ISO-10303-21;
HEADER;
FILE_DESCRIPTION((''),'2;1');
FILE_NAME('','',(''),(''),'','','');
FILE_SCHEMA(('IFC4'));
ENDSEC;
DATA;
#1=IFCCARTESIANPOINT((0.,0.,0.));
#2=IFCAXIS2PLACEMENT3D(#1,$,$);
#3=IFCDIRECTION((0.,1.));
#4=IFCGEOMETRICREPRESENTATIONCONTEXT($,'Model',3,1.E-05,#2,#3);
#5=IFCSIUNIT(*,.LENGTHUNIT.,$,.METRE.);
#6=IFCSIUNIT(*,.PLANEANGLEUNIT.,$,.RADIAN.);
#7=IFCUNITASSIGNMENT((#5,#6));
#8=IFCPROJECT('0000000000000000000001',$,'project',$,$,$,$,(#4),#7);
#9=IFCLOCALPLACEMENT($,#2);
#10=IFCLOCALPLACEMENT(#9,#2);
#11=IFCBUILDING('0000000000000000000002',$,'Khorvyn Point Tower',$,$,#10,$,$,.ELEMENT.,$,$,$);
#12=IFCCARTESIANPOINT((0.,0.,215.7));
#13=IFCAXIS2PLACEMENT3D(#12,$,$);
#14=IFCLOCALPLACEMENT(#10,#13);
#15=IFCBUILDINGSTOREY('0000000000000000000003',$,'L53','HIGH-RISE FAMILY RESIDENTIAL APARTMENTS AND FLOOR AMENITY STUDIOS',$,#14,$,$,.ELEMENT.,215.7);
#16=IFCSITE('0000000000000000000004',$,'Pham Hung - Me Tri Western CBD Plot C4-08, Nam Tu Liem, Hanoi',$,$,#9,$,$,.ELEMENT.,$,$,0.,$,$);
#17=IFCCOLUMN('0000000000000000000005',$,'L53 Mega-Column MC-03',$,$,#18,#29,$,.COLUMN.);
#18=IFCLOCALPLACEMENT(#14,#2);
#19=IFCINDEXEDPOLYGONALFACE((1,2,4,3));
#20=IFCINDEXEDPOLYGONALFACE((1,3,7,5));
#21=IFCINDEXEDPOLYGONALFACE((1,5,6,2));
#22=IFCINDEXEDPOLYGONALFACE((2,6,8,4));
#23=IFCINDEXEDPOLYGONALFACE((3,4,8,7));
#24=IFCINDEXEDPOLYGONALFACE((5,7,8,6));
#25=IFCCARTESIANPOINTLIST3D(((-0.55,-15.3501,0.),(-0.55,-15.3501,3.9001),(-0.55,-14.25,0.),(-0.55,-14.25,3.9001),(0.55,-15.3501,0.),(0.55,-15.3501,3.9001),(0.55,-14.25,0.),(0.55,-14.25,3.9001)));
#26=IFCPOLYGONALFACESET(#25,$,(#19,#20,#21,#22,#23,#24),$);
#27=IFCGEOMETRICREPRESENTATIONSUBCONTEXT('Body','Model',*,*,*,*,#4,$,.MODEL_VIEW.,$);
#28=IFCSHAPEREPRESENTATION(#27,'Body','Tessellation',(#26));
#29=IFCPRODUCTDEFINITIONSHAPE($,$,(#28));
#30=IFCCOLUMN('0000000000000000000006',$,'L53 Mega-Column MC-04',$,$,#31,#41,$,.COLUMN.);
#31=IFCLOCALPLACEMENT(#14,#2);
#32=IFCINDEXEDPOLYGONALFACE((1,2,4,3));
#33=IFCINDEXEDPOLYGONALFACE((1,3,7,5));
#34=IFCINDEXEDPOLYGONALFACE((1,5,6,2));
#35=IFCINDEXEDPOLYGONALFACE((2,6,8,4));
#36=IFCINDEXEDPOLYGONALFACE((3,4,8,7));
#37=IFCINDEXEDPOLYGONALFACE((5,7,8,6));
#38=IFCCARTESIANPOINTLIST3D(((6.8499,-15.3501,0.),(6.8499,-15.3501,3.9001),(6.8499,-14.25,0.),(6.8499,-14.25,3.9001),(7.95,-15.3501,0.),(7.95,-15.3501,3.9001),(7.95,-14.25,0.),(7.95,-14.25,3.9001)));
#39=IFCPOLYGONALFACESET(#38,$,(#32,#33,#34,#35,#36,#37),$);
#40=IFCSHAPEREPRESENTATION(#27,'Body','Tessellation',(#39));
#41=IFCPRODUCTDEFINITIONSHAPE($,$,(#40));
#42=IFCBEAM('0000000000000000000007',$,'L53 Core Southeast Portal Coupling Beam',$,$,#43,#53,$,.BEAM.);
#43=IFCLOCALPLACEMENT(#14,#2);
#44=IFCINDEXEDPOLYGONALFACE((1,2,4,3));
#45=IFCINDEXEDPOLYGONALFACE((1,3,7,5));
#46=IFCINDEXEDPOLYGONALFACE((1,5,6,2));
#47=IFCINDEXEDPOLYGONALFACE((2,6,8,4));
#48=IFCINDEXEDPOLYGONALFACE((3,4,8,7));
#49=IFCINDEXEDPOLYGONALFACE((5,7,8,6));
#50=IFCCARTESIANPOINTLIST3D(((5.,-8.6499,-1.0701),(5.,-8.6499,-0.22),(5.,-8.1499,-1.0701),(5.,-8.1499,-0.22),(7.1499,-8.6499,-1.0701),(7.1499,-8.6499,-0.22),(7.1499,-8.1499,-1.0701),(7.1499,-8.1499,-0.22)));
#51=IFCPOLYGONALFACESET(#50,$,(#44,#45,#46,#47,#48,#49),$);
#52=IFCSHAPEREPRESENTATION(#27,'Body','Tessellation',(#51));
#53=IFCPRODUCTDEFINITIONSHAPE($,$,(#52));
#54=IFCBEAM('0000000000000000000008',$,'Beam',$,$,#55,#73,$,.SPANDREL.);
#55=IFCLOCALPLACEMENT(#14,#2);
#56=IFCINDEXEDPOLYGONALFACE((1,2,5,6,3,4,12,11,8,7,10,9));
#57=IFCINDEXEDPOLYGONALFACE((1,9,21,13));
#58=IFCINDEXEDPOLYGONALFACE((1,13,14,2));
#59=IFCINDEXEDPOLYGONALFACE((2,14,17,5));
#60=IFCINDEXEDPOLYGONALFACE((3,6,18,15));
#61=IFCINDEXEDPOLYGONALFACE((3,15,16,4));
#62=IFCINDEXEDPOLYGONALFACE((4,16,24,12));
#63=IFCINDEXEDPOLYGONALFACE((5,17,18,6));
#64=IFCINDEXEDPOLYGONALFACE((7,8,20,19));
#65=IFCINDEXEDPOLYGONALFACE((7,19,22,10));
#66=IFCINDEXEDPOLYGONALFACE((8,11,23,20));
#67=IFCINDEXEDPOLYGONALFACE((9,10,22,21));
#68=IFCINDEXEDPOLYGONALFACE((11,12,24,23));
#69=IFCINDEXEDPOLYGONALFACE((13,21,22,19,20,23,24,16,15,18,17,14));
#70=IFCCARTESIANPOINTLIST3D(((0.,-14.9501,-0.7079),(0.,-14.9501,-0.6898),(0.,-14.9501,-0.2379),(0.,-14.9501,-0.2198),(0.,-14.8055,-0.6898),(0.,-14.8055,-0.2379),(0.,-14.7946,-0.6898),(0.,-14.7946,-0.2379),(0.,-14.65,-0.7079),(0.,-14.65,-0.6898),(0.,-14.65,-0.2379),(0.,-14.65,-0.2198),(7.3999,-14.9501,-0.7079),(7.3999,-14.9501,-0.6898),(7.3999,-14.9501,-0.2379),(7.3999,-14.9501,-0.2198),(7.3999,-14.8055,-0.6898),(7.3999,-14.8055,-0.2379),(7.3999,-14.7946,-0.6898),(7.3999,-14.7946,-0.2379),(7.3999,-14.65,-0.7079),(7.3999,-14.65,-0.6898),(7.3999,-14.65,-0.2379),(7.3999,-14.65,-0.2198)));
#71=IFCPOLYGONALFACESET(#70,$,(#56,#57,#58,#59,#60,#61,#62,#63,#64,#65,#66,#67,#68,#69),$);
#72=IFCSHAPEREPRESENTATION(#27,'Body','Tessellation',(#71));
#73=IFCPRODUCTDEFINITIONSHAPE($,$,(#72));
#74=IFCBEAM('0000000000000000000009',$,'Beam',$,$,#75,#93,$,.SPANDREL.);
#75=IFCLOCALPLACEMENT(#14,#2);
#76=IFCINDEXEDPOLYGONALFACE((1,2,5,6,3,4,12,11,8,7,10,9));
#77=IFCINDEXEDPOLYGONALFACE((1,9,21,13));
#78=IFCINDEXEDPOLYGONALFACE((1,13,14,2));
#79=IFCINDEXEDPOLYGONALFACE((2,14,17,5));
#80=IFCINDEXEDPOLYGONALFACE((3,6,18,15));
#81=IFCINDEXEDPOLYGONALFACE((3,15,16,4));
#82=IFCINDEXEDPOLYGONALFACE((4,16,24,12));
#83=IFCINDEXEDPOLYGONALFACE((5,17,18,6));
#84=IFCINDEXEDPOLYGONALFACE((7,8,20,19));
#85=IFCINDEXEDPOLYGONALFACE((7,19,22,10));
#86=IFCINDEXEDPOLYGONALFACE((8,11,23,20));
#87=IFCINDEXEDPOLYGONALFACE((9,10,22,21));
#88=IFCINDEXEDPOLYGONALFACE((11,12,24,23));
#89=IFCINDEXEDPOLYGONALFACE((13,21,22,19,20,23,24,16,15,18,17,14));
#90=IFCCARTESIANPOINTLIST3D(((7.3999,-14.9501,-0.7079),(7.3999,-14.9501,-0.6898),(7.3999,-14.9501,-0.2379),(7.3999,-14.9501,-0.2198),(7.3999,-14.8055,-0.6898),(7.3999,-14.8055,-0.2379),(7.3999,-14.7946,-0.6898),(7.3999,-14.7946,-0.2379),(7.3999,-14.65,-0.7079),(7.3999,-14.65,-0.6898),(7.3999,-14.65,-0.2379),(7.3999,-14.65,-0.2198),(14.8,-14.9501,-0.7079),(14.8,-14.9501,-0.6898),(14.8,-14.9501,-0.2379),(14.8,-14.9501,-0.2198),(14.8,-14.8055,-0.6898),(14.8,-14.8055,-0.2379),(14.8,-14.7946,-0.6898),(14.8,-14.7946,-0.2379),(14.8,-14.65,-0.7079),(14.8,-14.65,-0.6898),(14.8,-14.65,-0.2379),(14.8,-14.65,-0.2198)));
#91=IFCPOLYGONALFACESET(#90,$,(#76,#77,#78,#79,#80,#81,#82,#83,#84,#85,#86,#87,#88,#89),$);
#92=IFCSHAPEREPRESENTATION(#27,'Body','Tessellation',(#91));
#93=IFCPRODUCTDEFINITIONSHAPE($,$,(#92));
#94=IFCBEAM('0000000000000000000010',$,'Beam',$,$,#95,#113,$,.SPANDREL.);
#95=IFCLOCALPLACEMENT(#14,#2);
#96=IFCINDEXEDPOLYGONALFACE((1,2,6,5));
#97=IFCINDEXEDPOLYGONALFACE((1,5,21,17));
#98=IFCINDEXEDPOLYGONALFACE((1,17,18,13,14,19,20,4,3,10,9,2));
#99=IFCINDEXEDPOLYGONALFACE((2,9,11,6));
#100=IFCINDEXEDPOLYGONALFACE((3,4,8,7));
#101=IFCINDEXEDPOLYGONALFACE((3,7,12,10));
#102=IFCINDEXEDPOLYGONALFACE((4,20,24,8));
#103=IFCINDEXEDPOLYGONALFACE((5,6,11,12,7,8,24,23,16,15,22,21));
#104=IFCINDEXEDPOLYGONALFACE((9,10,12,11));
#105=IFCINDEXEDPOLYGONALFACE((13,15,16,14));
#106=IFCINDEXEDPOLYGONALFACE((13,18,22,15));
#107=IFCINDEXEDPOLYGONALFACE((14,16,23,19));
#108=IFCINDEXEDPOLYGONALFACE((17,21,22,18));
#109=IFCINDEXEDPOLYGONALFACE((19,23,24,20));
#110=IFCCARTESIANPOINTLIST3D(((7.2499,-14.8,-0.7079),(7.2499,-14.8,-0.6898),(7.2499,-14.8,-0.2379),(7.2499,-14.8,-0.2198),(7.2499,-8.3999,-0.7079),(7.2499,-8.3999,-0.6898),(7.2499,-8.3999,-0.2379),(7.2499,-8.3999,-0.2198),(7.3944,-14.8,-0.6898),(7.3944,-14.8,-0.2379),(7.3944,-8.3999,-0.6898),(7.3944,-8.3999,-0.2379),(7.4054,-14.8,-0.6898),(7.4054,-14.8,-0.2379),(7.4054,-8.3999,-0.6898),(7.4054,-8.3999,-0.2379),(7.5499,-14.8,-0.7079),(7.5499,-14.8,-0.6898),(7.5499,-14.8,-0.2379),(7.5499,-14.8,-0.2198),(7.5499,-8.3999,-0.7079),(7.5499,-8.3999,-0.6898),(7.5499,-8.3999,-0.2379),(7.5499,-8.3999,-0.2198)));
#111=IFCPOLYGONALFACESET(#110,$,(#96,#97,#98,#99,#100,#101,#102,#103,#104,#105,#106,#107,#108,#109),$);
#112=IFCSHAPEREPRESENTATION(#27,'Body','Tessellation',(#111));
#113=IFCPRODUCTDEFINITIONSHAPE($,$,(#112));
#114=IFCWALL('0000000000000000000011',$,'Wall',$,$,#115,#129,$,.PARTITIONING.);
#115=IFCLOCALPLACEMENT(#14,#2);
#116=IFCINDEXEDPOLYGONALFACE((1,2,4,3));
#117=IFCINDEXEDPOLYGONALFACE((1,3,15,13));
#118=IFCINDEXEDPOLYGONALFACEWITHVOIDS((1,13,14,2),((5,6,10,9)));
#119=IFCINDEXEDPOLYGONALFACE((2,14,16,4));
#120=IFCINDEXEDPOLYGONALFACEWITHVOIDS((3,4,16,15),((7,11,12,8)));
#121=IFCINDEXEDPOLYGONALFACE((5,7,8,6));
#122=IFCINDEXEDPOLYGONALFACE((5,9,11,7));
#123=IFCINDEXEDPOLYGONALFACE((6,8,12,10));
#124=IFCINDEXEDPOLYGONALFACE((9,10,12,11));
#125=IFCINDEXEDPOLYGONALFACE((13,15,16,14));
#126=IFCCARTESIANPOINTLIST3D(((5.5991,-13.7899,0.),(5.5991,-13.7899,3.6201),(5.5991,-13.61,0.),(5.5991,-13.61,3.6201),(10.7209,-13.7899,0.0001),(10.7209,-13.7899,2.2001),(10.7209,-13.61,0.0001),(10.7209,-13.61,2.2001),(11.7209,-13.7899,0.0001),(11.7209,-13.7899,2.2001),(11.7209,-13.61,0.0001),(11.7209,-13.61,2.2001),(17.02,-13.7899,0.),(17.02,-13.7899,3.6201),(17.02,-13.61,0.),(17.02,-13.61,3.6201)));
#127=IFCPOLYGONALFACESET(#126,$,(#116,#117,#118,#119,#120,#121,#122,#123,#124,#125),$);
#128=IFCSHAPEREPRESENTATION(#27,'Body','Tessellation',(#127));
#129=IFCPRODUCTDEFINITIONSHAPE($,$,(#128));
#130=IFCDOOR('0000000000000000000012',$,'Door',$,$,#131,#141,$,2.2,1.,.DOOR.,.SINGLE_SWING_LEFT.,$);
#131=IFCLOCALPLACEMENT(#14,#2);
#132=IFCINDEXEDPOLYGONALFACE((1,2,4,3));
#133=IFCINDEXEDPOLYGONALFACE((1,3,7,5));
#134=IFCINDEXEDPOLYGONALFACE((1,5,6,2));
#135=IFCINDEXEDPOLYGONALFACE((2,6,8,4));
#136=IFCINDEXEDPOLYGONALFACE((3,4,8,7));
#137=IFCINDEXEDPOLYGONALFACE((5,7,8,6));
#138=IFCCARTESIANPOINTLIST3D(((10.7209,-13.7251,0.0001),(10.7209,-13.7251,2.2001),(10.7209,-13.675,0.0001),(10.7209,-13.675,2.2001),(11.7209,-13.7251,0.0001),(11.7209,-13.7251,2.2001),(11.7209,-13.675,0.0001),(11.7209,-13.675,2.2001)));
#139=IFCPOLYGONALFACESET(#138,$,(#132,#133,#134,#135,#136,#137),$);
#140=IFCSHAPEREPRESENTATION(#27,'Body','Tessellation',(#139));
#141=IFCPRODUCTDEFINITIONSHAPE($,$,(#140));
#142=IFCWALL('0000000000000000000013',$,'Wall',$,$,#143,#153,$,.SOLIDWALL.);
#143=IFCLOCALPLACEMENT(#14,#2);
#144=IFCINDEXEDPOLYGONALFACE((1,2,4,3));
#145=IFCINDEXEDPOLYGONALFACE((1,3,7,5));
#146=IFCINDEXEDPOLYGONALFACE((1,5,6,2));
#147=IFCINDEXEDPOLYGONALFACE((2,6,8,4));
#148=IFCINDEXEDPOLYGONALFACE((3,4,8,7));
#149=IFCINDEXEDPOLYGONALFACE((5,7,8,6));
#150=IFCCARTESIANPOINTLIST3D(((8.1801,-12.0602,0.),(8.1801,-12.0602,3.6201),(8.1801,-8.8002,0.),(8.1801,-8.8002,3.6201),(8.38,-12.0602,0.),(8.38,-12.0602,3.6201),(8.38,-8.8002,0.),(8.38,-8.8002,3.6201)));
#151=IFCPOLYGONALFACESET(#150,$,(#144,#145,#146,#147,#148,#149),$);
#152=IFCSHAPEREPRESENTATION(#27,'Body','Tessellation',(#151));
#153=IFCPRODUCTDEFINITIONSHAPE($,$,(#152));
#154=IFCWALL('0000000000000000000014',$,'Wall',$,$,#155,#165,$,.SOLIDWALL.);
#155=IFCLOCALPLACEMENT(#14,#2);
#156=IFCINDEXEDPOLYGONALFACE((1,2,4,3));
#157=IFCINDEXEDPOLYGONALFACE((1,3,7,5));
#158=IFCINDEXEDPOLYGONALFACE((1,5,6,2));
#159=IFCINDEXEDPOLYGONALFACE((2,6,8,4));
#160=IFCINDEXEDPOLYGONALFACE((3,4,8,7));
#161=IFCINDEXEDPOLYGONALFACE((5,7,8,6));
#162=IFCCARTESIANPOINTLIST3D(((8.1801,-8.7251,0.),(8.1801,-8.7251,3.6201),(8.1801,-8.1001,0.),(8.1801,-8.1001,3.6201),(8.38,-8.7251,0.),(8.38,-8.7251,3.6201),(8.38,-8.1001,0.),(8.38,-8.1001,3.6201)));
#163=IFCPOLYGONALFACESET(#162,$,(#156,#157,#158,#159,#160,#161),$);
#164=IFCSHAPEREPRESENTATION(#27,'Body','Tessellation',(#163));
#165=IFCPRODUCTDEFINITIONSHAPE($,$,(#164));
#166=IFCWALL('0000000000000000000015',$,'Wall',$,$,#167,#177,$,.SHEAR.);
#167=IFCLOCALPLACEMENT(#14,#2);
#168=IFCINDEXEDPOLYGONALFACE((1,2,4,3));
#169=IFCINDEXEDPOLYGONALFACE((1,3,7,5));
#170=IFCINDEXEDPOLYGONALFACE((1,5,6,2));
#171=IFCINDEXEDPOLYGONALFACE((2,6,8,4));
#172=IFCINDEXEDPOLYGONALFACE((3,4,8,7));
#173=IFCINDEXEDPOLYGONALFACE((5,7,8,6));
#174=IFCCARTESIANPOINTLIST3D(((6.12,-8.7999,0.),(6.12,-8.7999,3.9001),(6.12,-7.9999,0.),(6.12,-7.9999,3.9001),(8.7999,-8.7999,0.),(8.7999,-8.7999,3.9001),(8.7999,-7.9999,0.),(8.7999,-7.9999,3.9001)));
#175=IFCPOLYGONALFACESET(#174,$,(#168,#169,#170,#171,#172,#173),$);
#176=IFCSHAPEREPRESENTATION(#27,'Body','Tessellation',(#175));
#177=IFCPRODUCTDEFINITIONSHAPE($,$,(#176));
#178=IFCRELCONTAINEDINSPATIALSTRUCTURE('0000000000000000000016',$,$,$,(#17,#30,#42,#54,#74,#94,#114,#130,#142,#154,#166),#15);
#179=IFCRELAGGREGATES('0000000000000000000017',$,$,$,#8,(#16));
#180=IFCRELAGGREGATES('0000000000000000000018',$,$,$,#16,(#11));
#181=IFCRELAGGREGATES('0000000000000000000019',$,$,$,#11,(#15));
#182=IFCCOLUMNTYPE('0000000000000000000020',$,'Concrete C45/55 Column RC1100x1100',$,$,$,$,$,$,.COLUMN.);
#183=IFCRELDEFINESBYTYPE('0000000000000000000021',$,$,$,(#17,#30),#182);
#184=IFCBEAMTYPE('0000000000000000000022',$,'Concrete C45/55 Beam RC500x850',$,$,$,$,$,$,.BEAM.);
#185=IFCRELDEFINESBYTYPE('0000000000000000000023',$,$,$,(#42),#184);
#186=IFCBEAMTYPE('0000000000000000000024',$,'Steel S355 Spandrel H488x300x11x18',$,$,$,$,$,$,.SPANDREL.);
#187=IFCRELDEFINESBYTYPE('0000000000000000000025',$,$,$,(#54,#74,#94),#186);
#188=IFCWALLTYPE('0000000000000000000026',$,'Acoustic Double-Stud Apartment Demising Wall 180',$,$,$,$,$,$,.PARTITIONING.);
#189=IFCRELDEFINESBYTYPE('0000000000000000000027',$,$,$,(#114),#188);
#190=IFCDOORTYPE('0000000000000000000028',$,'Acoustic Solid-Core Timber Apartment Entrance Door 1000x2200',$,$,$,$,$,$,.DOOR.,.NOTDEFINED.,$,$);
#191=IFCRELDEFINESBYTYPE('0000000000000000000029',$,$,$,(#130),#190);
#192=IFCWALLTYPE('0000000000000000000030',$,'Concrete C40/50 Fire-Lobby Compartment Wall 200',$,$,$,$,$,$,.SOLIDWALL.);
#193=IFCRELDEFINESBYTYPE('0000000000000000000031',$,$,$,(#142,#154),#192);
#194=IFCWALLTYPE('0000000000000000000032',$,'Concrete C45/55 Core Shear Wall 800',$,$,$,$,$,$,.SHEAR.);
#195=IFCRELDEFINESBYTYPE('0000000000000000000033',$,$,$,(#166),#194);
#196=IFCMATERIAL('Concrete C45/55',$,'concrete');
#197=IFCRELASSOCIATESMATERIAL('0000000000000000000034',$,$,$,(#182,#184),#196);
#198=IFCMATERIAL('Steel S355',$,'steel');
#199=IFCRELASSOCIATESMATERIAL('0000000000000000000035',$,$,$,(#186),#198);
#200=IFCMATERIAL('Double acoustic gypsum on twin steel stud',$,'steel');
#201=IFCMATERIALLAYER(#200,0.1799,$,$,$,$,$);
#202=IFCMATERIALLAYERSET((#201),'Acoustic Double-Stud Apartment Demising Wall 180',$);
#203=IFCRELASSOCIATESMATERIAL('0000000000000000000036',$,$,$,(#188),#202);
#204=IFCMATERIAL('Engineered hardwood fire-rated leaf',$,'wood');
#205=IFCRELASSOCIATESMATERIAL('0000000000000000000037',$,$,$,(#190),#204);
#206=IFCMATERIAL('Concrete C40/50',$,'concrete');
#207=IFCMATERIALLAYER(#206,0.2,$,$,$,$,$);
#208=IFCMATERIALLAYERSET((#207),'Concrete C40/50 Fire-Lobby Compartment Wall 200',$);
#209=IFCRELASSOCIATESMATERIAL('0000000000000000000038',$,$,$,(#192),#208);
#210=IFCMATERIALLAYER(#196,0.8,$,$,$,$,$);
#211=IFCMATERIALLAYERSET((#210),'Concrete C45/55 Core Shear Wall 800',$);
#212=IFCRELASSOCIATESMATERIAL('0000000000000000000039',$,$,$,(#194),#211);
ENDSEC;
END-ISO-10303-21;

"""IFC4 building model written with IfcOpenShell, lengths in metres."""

from ifc_helpers import new_model, si_unit, direction, frame, frame_2d, origin, origin_2d, place, context, subcontext, project, spatial, rectangle, i_section, extrude, material, layer, layer_set, material_profile, profile_set, type_object, element, fill, save


model = new_model("IFC4")

# Units and contexts
model_context = context("Model", 3, precision=1e-05, world=origin(), true_north=direction((0.0, 1.0)))
body_context = subcontext(model_context, "Body", "Model", "MODEL_VIEW")
ifc_project = project(units=[si_unit("LENGTHUNIT", "METRE"), si_unit("PLANEANGLEUNIT", "RADIAN")], contexts=[model_context])

# Site, building, storey
site_placement = place(None, origin())
site = spatial("IfcSite", under=ifc_project, at=site_placement, Name="Pham Hung - Me Tri Western CBD Plot C4-08, Nam Tu Liem, Hanoi", CompositionType="ELEMENT", RefElevation=0.0)
building_placement = place(site_placement, origin())
building = spatial("IfcBuilding", under=site, at=building_placement, Name="Khorvyn Point Tower", CompositionType="ELEMENT")
storey_placement = place(building_placement, frame((0.0, 0.0, 215.7)))
storey = spatial("IfcBuildingStorey", under=building, at=storey_placement, Name="L53", Description="HIGH-RISE FAMILY RESIDENTIAL APARTMENTS AND FLOOR AMENITY STUDIOS", CompositionType="ELEMENT", Elevation=215.7)

# Columns
ifc_material_1 = material(Name="Concrete C45/55", Category="concrete")
ifc_material_profile_1 = material_profile(ifc_material_1, rectangle(XDim=1.1001, YDim=1.1001, at=origin_2d()))
ifc_profile_set_1 = profile_set([ifc_material_profile_1], Name="Concrete C45/55 RC1100x1100")
column_type = type_object("IfcColumnType", Name="Concrete C45/55 Column RC1100x1100", PredefinedType="COLUMN", material=ifc_profile_set_1)
for number, where, z_axis, x_axis, name in (
    (1, (0.0, -14.8, 0.0), (0.0, 0.0, 1.0), (1.0, 0.0, 0.0), "L53 Mega-Column MC-03"),
    (2, (7.3999, -14.8, 0.0), (0.0, 0.0, 1.0), (1.0, 0.0, 0.0), "L53 Mega-Column MC-04"),
):
    element("IfcColumn", number, at=place(storey_placement, frame(where, z_axis=z_axis, x_axis=x_axis)), inside=storey, type_object=column_type, Name=name, PredefinedType="COLUMN", context=body_context, shape_type="SweptSolid", body=[
        extrude(rectangle(XDim=1.1001, YDim=1.1001, at=origin_2d()), origin(), (0.0, 0.0, 1.0), 3.9001),
    ])

# Beams
ifc_material_profile_2 = material_profile(ifc_material_1, rectangle(XDim=0.5, YDim=0.8501, at=origin_2d()))
ifc_profile_set_2 = profile_set([ifc_material_profile_2], Name="Concrete C45/55 RC500x850")
beam_type_1 = type_object("IfcBeamType", Name="Concrete C45/55 Beam RC500x850", PredefinedType="BEAM", material=ifc_profile_set_2)
beam_1_placement = place(storey_placement, frame((5.0, -8.3999, -0.645), z_axis=(1.0, 0.0, 0.0), x_axis=(0.0, 1.0, 0.0)))
element("IfcBeam", 3, at=beam_1_placement, inside=storey, type_object=beam_type_1, Name="L53 Core Southeast Portal Coupling Beam", PredefinedType="BEAM", context=body_context, shape_type="SweptSolid", body=[
    extrude(rectangle(XDim=0.5, YDim=0.8501, at=origin_2d()), origin(), (0.0, 0.0, 1.0), 2.1499),
])
ifc_material_2 = material(Name="Steel S355", Category="steel")
ifc_material_profile_3 = material_profile(ifc_material_2, i_section(OverallWidth=0.3, OverallDepth=0.488, WebThickness=0.011, FlangeThickness=0.0181, at=origin_2d()))
ifc_profile_set_3 = profile_set([ifc_material_profile_3], Name="Steel S355 H488x300x11x18")
beam_type_2 = type_object("IfcBeamType", Name="Steel S355 Spandrel H488x300x11x18", PredefinedType="SPANDREL", material=ifc_profile_set_3)
beam_2_placement = place(storey_placement, frame((0.0, -14.8, -0.4639), z_axis=(1.0, 0.0, 0.0), x_axis=(0.0, 1.0, 0.0)))
element("IfcBeam", 4, at=beam_2_placement, inside=storey, type_object=beam_type_2, Name="Beam", PredefinedType="SPANDREL", context=body_context, shape_type="SweptSolid", body=[
    extrude(i_section(OverallWidth=0.3, OverallDepth=0.488, WebThickness=0.011, FlangeThickness=0.0181, at=origin_2d()), origin(), (0.0, 0.0, 1.0), 7.3999),
])
beam_3_placement = place(storey_placement, frame((7.3999, -14.8, -0.4639), z_axis=(1.0, 0.0, 0.0), x_axis=(0.0, 1.0, 0.0)))
element("IfcBeam", 5, at=beam_3_placement, inside=storey, type_object=beam_type_2, Name="Beam", PredefinedType="SPANDREL", context=body_context, shape_type="SweptSolid", body=[
    extrude(i_section(OverallWidth=0.3, OverallDepth=0.488, WebThickness=0.011, FlangeThickness=0.0181, at=origin_2d()), origin(), (0.0, 0.0, 1.0), 7.4001),
])
beam_4_placement = place(storey_placement, frame((7.3999, -14.8, -0.4639), z_axis=(0.0, 1.0, 0.0), x_axis=(-1.0, 0.0, 0.0)))
element("IfcBeam", 6, at=beam_4_placement, inside=storey, type_object=beam_type_2, Name="Beam", PredefinedType="SPANDREL", context=body_context, shape_type="SweptSolid", body=[
    extrude(i_section(OverallWidth=0.3, OverallDepth=0.488, WebThickness=0.011, FlangeThickness=0.0181, at=origin_2d()), origin(), (0.0, 0.0, 1.0), 6.4001),
])

# Wall, opening, door
ifc_material_3 = material(Name="Double acoustic gypsum on twin steel stud", Category="steel")
ifc_layer_1 = layer(ifc_material_3, 0.1799)
ifc_layer_set_1 = layer_set([ifc_layer_1], Name="Acoustic Double-Stud Apartment Demising Wall 180")
wall_type_1 = type_object("IfcWallType", Name="Acoustic Double-Stud Apartment Demising Wall 180", PredefinedType="PARTITIONING", material=ifc_layer_set_1)
wall_1_placement = place(storey_placement, frame((5.5991, -13.7, 0.0), z_axis=(0.0, 0.0, 1.0), x_axis=(1.0, 0.0, 0.0)))
wall_1 = element("IfcWall", 7, at=wall_1_placement, inside=storey, type_object=wall_type_1, Name="Wall", PredefinedType="PARTITIONING", context=body_context, shape_type="SweptSolid", body=[
    extrude(rectangle(XDim=11.4209, YDim=0.1799, at=frame_2d((5.7104, 0.0))), origin(), (0.0, 0.0, 1.0), 3.6201),
])
opening_1_placement = place(wall_1_placement, frame((5.1218, 0.0, 0.0)))
opening_1 = element("IfcOpeningElement", 8, at=opening_1_placement, cuts=wall_1, PredefinedType="OPENING", context=body_context, shape_type="SweptSolid", body=[
    extrude(rectangle(XDim=1.0, YDim=2.2, at=frame_2d((0.5, 1.1001))), frame((0.0, 0.0999, 0.0), z_axis=(0.0, -1.0, 0.0), x_axis=(1.0, 0.0, 0.0)), (0.0, 0.0, 1.0), 0.2),
])
ifc_material_4 = material(Name="Engineered hardwood fire-rated leaf", Category="wood")
door_type_1 = type_object("IfcDoorType", Name="Acoustic Solid-Core Timber Apartment Entrance Door 1000x2200", OperationType="NOTDEFINED", PredefinedType="DOOR", material=ifc_material_4)
door_1_placement = place(opening_1_placement, origin())
door_1 = element("IfcDoor", 9, at=door_1_placement, inside=storey, type_object=door_type_1, Name="Door", OperationType="SINGLE_SWING_LEFT", OverallHeight=2.2, OverallWidth=1.0, PredefinedType="DOOR", context=body_context, shape_type="SweptSolid", body=[
    extrude(rectangle(XDim=1.0, YDim=2.2, at=frame_2d((0.5, 1.1001))), frame((0.0, 0.0249, 0.0), z_axis=(0.0, -1.0, 0.0), x_axis=(1.0, 0.0, 0.0)), (0.0, 0.0, 1.0), 0.05),
])
fill(opening_1, door_1)
ifc_material_5 = material(Name="Concrete C40/50", Category="concrete")
ifc_layer_2 = layer(ifc_material_5, 0.2)
ifc_layer_set_2 = layer_set([ifc_layer_2], Name="Concrete C40/50 Fire-Lobby Compartment Wall 200")
wall_type_2 = type_object("IfcWallType", Name="Concrete C40/50 Fire-Lobby Compartment Wall 200", PredefinedType="SOLIDWALL", material=ifc_layer_set_2)

# Walls
wall_2_placement = place(storey_placement, frame((8.28, -12.0601, 0.0), z_axis=(0.0, 0.0, 1.0), x_axis=(0.0, 1.0, 0.0)))
element("IfcWall", 10, at=wall_2_placement, inside=storey, type_object=wall_type_2, Name="Wall", PredefinedType="SOLIDWALL", context=body_context, shape_type="SweptSolid", body=[
    extrude(rectangle(XDim=3.26, YDim=0.2, at=frame_2d((1.6299, 0.0))), origin(), (0.0, 0.0, 1.0), 3.6201),
])
wall_3_placement = place(storey_placement, frame((8.28, -8.7251, 0.0), z_axis=(0.0, 0.0, 1.0), x_axis=(0.0, 1.0, 0.0)))
element("IfcWall", 11, at=wall_3_placement, inside=storey, type_object=wall_type_2, Name="Wall", PredefinedType="SOLIDWALL", context=body_context, shape_type="SweptSolid", body=[
    extrude(rectangle(XDim=0.625, YDim=0.2, at=frame_2d((0.3125, 0.0))), origin(), (0.0, 0.0, 1.0), 3.6201),
])

# Wall
ifc_layer_3 = layer(ifc_material_1, 0.8)
ifc_layer_set_3 = layer_set([ifc_layer_3], Name="Concrete C45/55 Core Shear Wall 800")
wall_type_3 = type_object("IfcWallType", Name="Concrete C45/55 Core Shear Wall 800", PredefinedType="SHEAR", material=ifc_layer_set_3)
wall_4_placement = place(storey_placement, frame((6.1201, -8.3999, 0.0), z_axis=(0.0, 0.0, 1.0), x_axis=(1.0, 0.0, 0.0)))
element("IfcWall", 12, at=wall_4_placement, inside=storey, type_object=wall_type_3, Name="Wall", PredefinedType="SHEAR", context=body_context, shape_type="SweptSolid", body=[
    extrude(rectangle(XDim=2.6799, YDim=0.8, at=frame_2d((1.3398, 0.0))), origin(), (0.0, 0.0, 1.0), 3.9001),
])

save(model, "model.ifc")
